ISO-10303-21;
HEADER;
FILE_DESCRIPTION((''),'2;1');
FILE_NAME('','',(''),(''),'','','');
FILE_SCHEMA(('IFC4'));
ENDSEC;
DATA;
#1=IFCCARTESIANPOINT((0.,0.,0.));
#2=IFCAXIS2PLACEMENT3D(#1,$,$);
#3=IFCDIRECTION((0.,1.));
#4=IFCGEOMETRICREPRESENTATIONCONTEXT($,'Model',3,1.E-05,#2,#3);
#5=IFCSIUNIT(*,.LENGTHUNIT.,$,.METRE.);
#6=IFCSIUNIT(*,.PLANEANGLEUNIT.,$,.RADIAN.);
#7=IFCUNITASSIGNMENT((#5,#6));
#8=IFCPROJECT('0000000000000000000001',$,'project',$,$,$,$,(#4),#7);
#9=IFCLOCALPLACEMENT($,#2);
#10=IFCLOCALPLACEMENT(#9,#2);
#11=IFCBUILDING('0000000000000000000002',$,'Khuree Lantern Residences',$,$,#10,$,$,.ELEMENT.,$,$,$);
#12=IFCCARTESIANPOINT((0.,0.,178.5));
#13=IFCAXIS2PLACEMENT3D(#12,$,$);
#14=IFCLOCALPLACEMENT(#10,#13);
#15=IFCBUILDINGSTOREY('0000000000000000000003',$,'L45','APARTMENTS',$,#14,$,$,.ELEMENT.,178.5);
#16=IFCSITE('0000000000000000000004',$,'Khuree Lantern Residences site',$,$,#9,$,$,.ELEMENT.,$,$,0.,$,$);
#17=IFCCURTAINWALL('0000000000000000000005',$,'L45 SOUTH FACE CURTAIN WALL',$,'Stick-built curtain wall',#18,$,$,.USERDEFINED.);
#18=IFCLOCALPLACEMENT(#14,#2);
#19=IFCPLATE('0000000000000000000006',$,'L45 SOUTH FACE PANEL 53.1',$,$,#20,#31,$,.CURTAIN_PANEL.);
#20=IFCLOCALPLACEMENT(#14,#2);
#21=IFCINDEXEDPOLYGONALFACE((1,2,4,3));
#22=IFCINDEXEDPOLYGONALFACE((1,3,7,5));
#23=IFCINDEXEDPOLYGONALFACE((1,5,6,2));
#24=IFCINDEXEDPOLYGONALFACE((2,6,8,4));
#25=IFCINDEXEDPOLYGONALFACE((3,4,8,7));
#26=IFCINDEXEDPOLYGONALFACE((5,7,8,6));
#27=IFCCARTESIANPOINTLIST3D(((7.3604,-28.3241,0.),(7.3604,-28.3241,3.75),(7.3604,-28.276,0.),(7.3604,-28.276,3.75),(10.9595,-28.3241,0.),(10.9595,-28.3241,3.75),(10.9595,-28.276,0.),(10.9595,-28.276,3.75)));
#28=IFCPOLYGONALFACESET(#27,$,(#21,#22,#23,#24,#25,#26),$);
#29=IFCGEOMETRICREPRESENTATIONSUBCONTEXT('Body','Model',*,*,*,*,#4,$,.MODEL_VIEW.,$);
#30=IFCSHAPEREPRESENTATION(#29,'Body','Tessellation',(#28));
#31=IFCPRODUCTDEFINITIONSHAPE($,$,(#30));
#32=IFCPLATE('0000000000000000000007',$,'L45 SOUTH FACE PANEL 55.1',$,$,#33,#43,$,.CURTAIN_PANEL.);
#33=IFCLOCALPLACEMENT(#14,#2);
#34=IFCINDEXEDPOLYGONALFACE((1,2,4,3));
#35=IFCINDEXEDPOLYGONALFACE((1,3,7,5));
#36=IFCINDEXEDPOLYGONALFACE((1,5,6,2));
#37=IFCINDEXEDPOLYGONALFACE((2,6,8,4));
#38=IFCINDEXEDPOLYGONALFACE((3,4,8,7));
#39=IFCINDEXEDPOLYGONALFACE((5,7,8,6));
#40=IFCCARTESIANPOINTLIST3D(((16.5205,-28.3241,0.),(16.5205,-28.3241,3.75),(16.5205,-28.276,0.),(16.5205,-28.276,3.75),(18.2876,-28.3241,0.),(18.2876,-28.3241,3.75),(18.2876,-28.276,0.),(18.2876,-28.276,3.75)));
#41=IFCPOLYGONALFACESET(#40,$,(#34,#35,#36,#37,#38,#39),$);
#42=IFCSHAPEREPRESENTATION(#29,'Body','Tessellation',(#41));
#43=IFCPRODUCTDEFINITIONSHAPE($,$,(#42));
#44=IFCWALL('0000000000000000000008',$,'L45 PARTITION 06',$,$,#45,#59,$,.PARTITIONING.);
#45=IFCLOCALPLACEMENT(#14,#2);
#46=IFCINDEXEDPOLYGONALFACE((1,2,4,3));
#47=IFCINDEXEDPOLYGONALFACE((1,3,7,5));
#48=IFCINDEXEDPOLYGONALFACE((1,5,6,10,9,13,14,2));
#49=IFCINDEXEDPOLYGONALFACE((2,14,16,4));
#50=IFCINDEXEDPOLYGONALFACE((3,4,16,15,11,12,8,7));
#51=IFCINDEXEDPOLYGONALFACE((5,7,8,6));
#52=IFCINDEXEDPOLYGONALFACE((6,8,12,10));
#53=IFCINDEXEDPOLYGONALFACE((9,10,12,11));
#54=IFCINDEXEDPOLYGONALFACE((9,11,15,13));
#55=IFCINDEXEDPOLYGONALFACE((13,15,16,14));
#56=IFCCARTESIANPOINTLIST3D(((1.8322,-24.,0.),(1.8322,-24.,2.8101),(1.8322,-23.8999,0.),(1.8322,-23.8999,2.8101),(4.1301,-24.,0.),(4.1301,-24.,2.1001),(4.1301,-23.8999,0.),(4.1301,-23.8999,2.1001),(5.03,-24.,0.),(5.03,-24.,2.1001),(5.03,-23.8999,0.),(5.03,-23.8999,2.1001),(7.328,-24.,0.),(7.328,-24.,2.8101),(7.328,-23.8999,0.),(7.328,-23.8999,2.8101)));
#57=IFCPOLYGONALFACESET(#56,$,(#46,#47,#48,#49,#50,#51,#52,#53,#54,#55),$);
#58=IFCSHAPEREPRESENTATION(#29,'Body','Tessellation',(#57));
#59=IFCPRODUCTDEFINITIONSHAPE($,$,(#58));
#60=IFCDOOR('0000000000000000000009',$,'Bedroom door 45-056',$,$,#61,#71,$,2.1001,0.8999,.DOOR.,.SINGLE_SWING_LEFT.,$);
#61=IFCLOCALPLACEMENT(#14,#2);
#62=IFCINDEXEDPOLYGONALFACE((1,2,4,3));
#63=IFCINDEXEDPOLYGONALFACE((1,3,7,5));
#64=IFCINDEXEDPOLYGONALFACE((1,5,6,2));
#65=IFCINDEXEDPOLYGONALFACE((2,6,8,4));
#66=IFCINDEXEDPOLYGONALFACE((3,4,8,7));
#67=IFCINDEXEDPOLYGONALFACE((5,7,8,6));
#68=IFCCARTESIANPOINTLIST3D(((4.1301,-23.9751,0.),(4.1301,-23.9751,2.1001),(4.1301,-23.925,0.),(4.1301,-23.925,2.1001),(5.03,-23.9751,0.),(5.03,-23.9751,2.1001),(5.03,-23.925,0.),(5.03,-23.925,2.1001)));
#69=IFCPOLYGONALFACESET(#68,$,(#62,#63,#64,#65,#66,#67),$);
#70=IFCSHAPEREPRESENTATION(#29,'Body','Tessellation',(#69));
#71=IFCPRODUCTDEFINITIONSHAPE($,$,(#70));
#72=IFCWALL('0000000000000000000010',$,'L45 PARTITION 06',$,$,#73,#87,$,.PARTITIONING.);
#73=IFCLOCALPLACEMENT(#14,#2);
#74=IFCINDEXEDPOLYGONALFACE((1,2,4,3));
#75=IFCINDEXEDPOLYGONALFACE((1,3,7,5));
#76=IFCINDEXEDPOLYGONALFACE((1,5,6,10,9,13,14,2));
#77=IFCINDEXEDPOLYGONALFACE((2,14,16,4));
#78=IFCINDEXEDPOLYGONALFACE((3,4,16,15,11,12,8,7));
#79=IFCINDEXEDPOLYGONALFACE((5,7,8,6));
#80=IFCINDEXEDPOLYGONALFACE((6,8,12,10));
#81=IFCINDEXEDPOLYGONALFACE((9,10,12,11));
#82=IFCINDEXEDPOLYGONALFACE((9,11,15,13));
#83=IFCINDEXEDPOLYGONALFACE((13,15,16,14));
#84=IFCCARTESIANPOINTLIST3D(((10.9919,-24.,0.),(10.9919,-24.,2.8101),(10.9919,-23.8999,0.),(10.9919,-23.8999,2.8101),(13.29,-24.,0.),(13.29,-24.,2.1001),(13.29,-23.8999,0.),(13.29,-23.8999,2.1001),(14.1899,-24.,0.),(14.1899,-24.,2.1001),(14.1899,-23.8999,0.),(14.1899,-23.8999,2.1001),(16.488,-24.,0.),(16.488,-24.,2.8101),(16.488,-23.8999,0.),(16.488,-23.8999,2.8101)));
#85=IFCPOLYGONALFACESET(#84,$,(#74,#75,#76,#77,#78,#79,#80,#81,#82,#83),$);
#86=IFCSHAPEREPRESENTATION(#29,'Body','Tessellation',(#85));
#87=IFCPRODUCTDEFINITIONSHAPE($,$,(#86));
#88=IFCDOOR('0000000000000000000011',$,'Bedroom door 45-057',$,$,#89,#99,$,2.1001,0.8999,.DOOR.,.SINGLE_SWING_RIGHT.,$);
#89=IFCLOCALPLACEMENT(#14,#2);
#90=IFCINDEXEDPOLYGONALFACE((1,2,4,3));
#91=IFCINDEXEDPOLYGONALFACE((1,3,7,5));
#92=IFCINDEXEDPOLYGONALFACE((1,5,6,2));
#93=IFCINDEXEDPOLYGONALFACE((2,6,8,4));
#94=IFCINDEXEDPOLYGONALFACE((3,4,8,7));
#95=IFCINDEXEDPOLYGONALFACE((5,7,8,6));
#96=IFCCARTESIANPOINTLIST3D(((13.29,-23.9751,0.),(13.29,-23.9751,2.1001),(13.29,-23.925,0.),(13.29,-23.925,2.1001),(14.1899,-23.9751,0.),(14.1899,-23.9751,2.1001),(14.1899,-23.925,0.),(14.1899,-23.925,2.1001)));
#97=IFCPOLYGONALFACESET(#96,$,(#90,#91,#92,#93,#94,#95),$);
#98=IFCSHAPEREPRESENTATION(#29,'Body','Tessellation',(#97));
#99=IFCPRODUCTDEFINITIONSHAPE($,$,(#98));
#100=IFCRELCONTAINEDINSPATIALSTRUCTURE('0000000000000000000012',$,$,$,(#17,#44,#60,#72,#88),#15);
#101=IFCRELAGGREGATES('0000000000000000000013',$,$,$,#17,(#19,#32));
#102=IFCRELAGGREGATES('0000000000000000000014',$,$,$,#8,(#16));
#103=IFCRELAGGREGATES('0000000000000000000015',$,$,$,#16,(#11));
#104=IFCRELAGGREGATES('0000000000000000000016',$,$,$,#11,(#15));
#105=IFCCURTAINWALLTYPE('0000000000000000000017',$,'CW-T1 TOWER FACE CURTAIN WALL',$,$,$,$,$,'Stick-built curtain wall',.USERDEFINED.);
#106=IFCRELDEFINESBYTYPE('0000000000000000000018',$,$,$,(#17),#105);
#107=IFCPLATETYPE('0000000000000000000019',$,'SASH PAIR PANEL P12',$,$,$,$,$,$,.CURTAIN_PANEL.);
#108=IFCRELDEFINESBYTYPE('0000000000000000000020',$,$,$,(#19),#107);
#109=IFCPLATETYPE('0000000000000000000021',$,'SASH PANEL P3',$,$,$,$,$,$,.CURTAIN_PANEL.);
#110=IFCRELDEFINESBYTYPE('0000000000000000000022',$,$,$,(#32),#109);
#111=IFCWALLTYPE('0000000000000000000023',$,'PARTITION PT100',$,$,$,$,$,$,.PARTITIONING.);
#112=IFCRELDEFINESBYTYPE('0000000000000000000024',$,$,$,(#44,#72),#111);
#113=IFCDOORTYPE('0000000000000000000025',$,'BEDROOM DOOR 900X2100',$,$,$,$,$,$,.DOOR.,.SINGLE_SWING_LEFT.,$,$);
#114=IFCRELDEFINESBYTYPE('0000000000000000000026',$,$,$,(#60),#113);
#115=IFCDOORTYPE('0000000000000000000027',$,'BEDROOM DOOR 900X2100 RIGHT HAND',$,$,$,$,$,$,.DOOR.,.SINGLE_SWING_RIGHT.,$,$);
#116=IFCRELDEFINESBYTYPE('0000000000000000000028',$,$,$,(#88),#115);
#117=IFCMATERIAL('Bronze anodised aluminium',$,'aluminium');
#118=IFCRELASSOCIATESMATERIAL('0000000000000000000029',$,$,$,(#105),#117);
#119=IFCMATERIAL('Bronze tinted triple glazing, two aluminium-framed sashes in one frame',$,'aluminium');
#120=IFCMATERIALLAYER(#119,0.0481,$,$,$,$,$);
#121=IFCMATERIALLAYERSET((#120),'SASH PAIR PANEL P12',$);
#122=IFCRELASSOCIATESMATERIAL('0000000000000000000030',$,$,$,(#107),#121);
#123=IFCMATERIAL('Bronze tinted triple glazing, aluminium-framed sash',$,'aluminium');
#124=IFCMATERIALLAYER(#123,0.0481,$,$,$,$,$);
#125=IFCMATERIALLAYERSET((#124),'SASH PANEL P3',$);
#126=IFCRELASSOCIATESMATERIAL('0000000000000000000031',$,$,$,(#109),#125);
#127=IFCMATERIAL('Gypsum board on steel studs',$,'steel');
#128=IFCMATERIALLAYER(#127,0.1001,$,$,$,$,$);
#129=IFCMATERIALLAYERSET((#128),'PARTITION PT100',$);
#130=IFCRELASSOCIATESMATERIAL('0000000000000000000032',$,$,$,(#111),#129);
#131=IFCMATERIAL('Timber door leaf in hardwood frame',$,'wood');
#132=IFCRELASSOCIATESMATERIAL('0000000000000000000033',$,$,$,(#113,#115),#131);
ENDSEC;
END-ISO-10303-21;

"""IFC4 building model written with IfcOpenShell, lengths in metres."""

from ifc_helpers import new_model, si_unit, direction, frame, frame_2d, origin, origin_2d, place, context, subcontext, project, spatial, rectangle, extrude, material, layer, layer_set, type_object, element, fill, aggregate, save


model = new_model("IFC4")

# Units and contexts
model_context = context("Model", 3, precision=1e-05, world=origin(), true_north=direction((0.0, 1.0)))
body_context = subcontext(model_context, "Body", "Model", "MODEL_VIEW")
ifc_project = project(units=[si_unit("LENGTHUNIT", "METRE"), si_unit("PLANEANGLEUNIT", "RADIAN")], contexts=[model_context])

# Site, building, storey
site_placement = place(None, origin())
site = spatial("IfcSite", under=ifc_project, at=site_placement, Name="Khuree Lantern Residences site", CompositionType="ELEMENT", RefElevation=0.0)
building_placement = place(site_placement, origin())
building = spatial("IfcBuilding", under=site, at=building_placement, Name="Khuree Lantern Residences", CompositionType="ELEMENT")
storey_placement = place(building_placement, frame((0.0, 0.0, 178.5)))
storey = spatial("IfcBuildingStorey", under=building, at=storey_placement, Name="L45", Description="APARTMENTS", CompositionType="ELEMENT", Elevation=178.5)

# Curtain wall
ifc_material_1 = material(Name="Bronze anodised aluminium", Category="aluminium")
curtain_wall_type = type_object("IfcCurtainWallType", Name="CW-T1 TOWER FACE CURTAIN WALL", ElementType="Stick-built curtain wall", PredefinedType="USERDEFINED", material=ifc_material_1)
curtain_wall_placement = place(storey_placement, origin())
curtain_wall = element("IfcCurtainWall", 1, at=curtain_wall_placement, inside=storey, type_object=curtain_wall_type, Name="L45 SOUTH FACE CURTAIN WALL", ObjectType="Stick-built curtain wall", PredefinedType="USERDEFINED")

# Plates
ifc_material_2 = material(Name="Bronze tinted triple glazing, two aluminium-framed sashes in one frame", Category="aluminium")
ifc_layer_1 = layer(ifc_material_2, 0.0481)
ifc_layer_set_1 = layer_set([ifc_layer_1], Name="SASH PAIR PANEL P12")
plate_type_1 = type_object("IfcPlateType", Name="SASH PAIR PANEL P12", PredefinedType="CURTAIN_PANEL", material=ifc_layer_set_1)
plate_1_placement = place(storey_placement, frame((9.1599, -28.3, 0.0), z_axis=(0.0, 0.0, 1.0), x_axis=(1.0, 0.0, 0.0)))
plate_1 = element("IfcPlate", 2, at=plate_1_placement, type_object=plate_type_1, Name="L45 SOUTH FACE PANEL 53.1", PredefinedType="CURTAIN_PANEL", context=body_context, shape_type="SweptSolid", body=[
    extrude(rectangle(XDim=3.5991, YDim=0.0481, at=origin_2d()), origin(), (0.0, 0.0, 1.0), 3.75),
])
ifc_material_3 = material(Name="Bronze tinted triple glazing, aluminium-framed sash", Category="aluminium")
ifc_layer_2 = layer(ifc_material_3, 0.0481)
ifc_layer_set_2 = layer_set([ifc_layer_2], Name="SASH PANEL P3")
plate_type_2 = type_object("IfcPlateType", Name="SASH PANEL P3", PredefinedType="CURTAIN_PANEL", material=ifc_layer_set_2)
plate_2_placement = place(storey_placement, frame((17.4041, -28.3, 0.0), z_axis=(0.0, 0.0, 1.0), x_axis=(1.0, 0.0, 0.0)))
plate_2 = element("IfcPlate", 3, at=plate_2_placement, type_object=plate_type_2, Name="L45 SOUTH FACE PANEL 55.1", PredefinedType="CURTAIN_PANEL", context=body_context, shape_type="SweptSolid", body=[
    extrude(rectangle(XDim=1.7671, YDim=0.0481, at=origin_2d()), origin(), (0.0, 0.0, 1.0), 3.75),
])
aggregate(curtain_wall, [plate_1, plate_2])

# Walls, openings, doors
ifc_material_4 = material(Name="Gypsum board on steel studs", Category="steel")
ifc_layer_3 = layer(ifc_material_4, 0.1001)
ifc_layer_set_3 = layer_set([ifc_layer_3], Name="PARTITION PT100")
wall_type = type_object("IfcWallType", Name="PARTITION PT100", PredefinedType="PARTITIONING", material=ifc_layer_set_3)
wall_1_placement = place(storey_placement, frame((1.832, -23.95, 0.0), z_axis=(0.0, 0.0, 1.0), x_axis=(1.0, 0.0, 0.0)))
wall_1 = element("IfcWall", 4, at=wall_1_placement, inside=storey, type_object=wall_type, Name="L45 PARTITION 06", PredefinedType="PARTITIONING", context=body_context, shape_type="SweptSolid", body=[
    extrude(rectangle(XDim=5.4958, YDim=0.1001, at=frame_2d((2.748, 0.0))), origin(), (0.0, 0.0, 1.0), 2.8101),
])
opening_1_placement = place(wall_1_placement, frame((2.2981, 0.0, 0.0)))
opening_1 = element("IfcOpeningElement", 5, at=opening_1_placement, cuts=wall_1, PredefinedType="OPENING", context=body_context, shape_type="SweptSolid", body=[
    extrude(rectangle(XDim=0.8999, YDim=2.1001, at=frame_2d((0.45, 1.05))), frame((0.0, 0.0601, 0.0), z_axis=(0.0, -1.0, 0.0), x_axis=(1.0, 0.0, 0.0)), (0.0, 0.0, 1.0), 0.1201),
])
ifc_material_5 = material(Name="Timber door leaf in hardwood frame", Category="wood")
door_type_1 = type_object("IfcDoorType", Name="BEDROOM DOOR 900X2100", OperationType="SINGLE_SWING_LEFT", PredefinedType="DOOR", material=ifc_material_5)
door_1_placement = place(opening_1_placement, origin())
door_1 = element("IfcDoor", 6, at=door_1_placement, inside=storey, type_object=door_type_1, Name="Bedroom door 45-056", OperationType="SINGLE_SWING_LEFT", OverallHeight=2.1001, OverallWidth=0.8999, PredefinedType="DOOR", context=body_context, shape_type="SweptSolid", body=[
    extrude(rectangle(XDim=0.8999, YDim=2.1001, at=frame_2d((0.45, 1.05))), frame((0.0, 0.0249, 0.0), z_axis=(0.0, -1.0, 0.0), x_axis=(1.0, 0.0, 0.0)), (0.0, 0.0, 1.0), 0.05),
])
fill(opening_1, door_1)
wall_2_placement = place(storey_placement, frame((10.9919, -23.95, 0.0), z_axis=(0.0, 0.0, 1.0), x_axis=(1.0, 0.0, 0.0)))
wall_2 = element("IfcWall", 7, at=wall_2_placement, inside=storey, type_object=wall_type, Name="L45 PARTITION 06", PredefinedType="PARTITIONING", context=body_context, shape_type="SweptSolid", body=[
    extrude(rectangle(XDim=5.4961, YDim=0.1001, at=frame_2d((2.748, 0.0))), origin(), (0.0, 0.0, 1.0), 2.8101),
])
opening_2_placement = place(wall_2_placement, frame((2.2981, 0.0, 0.0)))
opening_2 = element("IfcOpeningElement", 8, at=opening_2_placement, cuts=wall_2, PredefinedType="OPENING", context=body_context, shape_type="SweptSolid", body=[
    extrude(rectangle(XDim=0.8999, YDim=2.1001, at=frame_2d((0.45, 1.05))), frame((0.0, 0.0601, 0.0), z_axis=(0.0, -1.0, 0.0), x_axis=(1.0, 0.0, 0.0)), (0.0, 0.0, 1.0), 0.1201),
])
door_type_2 = type_object("IfcDoorType", Name="BEDROOM DOOR 900X2100 RIGHT HAND", OperationType="SINGLE_SWING_RIGHT", PredefinedType="DOOR", material=ifc_material_5)
door_2_placement = place(opening_2_placement, origin())
door_2 = element("IfcDoor", 9, at=door_2_placement, inside=storey, type_object=door_type_2, Name="Bedroom door 45-057", OperationType="SINGLE_SWING_RIGHT", OverallHeight=2.1001, OverallWidth=0.8999, PredefinedType="DOOR", context=body_context, shape_type="SweptSolid", body=[
    extrude(rectangle(XDim=0.8999, YDim=2.1001, at=frame_2d((0.45, 1.05))), frame((0.0, 0.0249, 0.0), z_axis=(0.0, -1.0, 0.0), x_axis=(1.0, 0.0, 0.0)), (0.0, 0.0, 1.0), 0.05),
])
fill(opening_2, door_2)

save(model, "model.ifc")
